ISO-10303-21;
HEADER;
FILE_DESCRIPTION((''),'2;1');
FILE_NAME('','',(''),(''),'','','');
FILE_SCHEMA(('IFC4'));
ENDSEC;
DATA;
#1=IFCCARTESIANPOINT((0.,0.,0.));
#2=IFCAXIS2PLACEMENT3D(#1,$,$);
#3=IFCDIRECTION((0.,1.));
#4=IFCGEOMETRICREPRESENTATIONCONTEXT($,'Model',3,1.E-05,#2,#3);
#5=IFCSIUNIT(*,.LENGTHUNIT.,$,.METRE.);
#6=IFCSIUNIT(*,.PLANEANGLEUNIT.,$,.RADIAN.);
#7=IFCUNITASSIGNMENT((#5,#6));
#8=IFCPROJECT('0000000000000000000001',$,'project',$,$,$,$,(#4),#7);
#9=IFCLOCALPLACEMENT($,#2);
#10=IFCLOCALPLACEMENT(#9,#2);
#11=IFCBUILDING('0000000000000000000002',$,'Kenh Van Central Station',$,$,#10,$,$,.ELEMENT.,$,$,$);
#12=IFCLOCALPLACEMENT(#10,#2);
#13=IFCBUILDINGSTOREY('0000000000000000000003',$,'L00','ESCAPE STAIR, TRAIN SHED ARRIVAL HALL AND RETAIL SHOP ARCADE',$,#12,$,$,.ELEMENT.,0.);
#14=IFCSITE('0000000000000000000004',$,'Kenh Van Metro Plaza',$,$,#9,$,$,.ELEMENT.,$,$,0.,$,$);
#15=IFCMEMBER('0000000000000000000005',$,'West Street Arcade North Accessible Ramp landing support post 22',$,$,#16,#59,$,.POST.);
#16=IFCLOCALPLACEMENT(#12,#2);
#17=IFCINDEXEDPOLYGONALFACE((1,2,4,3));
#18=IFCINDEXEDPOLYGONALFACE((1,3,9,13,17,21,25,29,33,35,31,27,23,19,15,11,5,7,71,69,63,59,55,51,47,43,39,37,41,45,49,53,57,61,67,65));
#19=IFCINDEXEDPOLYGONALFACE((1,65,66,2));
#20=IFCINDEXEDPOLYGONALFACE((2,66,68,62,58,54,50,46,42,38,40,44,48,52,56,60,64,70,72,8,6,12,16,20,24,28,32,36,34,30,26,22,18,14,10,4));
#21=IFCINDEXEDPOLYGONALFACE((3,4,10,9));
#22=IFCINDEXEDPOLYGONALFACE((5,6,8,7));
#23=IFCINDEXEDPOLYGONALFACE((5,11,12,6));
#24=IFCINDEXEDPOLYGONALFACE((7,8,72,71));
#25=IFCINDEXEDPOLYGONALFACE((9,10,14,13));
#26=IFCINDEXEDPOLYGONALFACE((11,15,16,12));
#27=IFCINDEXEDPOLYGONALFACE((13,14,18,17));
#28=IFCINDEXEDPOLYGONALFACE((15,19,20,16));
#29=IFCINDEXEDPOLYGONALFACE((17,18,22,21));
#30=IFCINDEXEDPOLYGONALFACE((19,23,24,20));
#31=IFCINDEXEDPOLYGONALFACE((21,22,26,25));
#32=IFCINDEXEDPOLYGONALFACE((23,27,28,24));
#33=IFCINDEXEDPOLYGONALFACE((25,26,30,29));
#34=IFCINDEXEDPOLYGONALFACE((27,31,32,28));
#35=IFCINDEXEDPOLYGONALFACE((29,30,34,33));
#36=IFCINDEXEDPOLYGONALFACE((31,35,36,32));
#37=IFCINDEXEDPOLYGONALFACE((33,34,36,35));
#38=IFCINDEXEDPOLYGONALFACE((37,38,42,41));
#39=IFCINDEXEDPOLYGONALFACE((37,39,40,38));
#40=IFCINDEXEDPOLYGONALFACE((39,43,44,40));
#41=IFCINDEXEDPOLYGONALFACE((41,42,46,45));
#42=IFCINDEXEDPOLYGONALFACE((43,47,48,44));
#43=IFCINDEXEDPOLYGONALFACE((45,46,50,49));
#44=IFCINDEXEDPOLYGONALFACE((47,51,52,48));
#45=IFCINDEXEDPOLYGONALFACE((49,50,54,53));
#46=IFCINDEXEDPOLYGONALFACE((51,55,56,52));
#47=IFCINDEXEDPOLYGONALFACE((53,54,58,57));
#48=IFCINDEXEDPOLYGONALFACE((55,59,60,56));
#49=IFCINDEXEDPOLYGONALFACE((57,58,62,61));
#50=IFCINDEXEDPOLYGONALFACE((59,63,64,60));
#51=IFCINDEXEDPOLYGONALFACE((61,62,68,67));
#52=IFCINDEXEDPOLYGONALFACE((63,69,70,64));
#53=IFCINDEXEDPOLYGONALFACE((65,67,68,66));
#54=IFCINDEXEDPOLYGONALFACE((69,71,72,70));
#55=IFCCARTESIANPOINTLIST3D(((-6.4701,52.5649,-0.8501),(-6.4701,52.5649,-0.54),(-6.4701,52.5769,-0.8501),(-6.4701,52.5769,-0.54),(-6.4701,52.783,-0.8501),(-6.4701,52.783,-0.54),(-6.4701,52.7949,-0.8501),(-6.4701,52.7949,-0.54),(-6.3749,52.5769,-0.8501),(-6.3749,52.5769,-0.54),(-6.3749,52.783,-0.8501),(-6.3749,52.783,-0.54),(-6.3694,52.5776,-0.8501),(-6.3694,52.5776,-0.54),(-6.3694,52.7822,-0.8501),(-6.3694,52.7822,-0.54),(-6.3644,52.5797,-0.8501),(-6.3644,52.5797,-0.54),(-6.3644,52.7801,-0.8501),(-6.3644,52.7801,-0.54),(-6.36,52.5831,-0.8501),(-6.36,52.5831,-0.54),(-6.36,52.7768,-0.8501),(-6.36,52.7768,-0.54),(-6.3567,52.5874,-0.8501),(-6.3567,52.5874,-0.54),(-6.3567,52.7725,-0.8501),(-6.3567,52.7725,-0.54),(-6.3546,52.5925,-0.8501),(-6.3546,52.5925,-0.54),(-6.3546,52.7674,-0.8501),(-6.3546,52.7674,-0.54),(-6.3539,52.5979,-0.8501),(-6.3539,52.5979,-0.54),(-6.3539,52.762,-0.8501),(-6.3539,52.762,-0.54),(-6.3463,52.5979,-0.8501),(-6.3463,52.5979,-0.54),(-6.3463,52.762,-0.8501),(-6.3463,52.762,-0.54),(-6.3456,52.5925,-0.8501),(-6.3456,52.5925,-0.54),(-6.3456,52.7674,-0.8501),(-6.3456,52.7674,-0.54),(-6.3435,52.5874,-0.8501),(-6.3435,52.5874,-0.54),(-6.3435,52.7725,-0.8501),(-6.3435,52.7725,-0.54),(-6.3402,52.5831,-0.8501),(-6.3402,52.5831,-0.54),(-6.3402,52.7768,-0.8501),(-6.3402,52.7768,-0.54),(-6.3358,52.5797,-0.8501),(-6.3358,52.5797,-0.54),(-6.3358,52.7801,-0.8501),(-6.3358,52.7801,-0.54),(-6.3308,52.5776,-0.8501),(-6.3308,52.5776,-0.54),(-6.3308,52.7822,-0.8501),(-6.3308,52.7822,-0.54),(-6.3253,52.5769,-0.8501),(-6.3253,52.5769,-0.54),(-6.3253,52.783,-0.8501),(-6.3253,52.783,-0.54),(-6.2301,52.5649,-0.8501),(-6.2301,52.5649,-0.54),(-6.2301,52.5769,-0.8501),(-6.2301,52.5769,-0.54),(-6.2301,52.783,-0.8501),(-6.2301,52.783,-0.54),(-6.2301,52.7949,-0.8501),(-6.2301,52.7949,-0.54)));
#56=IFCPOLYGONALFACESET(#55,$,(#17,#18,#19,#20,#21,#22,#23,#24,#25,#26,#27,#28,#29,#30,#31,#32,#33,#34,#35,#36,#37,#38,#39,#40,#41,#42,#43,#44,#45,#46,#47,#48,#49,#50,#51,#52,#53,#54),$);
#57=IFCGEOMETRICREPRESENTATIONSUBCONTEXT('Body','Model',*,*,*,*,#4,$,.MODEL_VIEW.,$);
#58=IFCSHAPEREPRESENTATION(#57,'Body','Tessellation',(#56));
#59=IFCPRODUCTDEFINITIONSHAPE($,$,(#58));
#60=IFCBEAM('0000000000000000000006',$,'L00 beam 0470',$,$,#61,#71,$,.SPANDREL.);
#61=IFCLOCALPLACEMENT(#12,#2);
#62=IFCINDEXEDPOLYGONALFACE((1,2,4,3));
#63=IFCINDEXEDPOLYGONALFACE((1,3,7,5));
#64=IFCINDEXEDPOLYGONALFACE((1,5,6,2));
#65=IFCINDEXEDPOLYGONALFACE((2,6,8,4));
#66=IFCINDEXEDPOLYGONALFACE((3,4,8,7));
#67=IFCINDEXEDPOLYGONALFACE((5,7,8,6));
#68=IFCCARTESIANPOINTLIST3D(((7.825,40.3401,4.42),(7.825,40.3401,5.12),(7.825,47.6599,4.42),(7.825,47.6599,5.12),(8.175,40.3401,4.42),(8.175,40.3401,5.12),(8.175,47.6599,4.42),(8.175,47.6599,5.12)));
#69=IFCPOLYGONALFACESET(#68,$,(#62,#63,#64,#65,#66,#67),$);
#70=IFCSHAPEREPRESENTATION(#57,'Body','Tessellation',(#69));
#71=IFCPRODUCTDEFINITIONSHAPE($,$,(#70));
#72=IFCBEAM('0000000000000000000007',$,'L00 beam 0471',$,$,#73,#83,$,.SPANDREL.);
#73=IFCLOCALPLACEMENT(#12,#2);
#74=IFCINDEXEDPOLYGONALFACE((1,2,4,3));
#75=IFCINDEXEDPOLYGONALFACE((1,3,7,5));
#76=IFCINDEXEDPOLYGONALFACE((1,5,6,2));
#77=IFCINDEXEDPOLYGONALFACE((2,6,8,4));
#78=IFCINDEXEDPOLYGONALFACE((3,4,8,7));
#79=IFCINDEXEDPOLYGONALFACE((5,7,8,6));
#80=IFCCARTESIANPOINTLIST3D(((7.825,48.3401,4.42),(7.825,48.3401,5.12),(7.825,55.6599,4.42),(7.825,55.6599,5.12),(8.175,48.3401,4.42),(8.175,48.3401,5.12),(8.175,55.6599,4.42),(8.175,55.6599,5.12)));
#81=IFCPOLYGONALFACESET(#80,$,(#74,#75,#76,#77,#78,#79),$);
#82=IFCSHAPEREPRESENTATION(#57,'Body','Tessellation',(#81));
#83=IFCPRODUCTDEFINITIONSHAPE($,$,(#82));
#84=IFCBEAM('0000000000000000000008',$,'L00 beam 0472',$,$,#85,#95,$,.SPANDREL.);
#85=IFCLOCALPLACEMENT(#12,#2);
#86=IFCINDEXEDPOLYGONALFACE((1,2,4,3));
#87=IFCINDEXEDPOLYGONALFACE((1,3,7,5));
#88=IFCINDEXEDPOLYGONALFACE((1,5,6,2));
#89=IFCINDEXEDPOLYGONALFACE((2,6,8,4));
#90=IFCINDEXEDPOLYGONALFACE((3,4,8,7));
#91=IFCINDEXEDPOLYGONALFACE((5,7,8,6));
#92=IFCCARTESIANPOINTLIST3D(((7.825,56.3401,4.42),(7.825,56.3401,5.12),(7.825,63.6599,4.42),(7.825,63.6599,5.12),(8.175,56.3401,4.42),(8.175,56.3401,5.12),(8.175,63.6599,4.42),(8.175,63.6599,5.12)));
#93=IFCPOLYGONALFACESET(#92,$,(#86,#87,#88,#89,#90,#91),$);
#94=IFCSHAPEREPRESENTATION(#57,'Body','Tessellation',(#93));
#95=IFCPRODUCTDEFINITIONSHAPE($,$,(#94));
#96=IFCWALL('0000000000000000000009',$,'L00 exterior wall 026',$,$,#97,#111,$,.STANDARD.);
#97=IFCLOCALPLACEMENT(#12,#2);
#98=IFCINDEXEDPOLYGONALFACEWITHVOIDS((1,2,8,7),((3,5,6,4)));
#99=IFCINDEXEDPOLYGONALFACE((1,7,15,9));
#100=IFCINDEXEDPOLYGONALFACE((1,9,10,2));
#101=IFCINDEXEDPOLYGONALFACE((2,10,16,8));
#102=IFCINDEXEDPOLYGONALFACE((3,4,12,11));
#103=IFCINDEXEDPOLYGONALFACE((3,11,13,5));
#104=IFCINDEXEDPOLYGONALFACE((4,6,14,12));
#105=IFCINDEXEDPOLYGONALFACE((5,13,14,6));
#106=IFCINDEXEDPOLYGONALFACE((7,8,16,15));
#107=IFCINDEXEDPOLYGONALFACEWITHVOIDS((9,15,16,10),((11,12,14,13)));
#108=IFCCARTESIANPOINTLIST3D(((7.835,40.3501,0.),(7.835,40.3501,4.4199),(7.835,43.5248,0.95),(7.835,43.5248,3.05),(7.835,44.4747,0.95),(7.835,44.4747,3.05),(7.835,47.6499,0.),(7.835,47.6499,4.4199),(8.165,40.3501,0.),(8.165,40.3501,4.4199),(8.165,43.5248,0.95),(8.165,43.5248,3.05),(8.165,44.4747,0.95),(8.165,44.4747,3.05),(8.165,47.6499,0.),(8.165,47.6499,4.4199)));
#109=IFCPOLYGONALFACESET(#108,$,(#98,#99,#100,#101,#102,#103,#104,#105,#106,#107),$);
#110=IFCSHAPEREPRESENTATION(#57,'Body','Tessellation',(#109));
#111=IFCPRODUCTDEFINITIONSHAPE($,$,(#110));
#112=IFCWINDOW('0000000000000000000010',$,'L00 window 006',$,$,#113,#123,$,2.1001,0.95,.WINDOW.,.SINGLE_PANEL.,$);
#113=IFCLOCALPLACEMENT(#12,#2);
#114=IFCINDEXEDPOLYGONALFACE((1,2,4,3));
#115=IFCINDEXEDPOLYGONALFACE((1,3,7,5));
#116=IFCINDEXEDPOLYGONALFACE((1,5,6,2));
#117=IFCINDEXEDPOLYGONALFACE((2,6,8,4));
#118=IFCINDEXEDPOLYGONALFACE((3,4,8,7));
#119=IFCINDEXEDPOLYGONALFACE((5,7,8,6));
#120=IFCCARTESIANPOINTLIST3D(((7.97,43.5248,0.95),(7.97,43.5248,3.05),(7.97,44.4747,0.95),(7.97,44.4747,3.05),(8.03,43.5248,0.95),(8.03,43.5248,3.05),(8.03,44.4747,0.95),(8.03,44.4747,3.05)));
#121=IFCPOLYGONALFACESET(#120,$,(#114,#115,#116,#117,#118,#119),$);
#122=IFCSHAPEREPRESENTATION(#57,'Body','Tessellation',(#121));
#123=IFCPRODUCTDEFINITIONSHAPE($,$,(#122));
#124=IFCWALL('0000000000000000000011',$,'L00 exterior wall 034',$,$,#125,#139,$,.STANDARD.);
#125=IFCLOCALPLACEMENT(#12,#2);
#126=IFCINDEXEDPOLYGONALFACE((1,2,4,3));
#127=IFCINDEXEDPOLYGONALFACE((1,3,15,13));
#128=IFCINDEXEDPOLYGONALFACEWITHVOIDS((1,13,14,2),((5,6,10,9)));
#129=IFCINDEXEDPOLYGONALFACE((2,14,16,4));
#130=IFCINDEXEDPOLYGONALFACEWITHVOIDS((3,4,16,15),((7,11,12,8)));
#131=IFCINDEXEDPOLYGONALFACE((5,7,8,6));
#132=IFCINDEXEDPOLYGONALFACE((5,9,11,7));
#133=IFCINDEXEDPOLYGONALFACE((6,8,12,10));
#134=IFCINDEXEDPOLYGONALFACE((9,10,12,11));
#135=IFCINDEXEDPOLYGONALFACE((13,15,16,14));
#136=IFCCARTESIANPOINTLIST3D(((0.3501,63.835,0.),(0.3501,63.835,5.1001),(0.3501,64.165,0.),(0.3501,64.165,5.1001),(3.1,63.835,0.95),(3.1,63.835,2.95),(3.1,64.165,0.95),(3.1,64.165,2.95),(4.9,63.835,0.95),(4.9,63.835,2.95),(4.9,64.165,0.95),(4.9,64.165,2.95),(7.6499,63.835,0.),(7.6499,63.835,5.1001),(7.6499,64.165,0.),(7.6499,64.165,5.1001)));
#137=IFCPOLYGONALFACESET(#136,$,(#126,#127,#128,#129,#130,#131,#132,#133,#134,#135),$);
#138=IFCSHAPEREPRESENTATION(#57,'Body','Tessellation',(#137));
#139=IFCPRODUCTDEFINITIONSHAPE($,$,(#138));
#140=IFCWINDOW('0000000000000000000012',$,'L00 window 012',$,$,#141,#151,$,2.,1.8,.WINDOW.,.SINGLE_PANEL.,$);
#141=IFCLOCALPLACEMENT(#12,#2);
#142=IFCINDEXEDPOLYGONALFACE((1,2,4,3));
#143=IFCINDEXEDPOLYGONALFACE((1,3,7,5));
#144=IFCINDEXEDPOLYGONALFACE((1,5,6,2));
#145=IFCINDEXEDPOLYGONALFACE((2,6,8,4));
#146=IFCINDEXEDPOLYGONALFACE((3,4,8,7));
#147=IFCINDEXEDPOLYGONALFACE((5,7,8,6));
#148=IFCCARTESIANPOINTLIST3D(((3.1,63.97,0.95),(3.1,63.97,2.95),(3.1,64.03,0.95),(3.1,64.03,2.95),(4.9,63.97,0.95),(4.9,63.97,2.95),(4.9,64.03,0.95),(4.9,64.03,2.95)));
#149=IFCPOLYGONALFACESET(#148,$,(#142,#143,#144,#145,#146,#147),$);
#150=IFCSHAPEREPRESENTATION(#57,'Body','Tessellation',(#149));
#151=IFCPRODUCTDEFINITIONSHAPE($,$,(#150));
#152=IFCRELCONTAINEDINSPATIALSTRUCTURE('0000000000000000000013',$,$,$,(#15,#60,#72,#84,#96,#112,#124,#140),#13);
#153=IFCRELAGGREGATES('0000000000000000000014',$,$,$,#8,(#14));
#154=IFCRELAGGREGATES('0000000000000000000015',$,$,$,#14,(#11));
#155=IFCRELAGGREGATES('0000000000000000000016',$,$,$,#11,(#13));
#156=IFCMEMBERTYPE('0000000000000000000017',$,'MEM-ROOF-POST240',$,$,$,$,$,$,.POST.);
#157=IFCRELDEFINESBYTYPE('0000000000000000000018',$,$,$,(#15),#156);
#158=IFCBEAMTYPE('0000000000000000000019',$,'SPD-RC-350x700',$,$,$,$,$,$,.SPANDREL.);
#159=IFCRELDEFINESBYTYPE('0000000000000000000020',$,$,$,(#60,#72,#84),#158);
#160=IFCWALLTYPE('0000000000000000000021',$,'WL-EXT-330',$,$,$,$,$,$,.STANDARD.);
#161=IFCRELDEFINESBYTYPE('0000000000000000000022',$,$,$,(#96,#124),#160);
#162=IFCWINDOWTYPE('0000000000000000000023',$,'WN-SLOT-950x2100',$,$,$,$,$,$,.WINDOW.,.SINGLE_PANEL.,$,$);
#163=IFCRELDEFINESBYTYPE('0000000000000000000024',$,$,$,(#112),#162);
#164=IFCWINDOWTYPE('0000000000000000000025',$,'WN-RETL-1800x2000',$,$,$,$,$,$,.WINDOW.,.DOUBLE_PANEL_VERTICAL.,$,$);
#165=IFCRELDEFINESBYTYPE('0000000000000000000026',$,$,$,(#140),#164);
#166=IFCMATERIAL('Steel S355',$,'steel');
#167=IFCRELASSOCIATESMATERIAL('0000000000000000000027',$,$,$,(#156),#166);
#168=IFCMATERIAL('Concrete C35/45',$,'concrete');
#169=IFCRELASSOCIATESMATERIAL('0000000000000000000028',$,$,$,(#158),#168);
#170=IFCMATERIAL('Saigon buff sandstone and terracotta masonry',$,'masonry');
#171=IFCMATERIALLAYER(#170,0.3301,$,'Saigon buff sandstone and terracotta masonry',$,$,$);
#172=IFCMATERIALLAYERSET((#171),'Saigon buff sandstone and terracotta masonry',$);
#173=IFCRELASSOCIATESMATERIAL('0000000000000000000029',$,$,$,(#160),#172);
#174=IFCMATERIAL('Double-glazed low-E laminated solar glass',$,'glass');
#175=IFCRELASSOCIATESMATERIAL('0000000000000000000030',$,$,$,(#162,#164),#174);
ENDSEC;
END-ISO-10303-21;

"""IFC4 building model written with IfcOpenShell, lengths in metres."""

from ifc_helpers import new_model, si_unit, direction, frame, frame_2d, origin, origin_2d, place, context, subcontext, project, spatial, rectangle, i_section, extrude, material, layer, layer_set, material_profile, profile_set, type_object, element, fill, save


model = new_model("IFC4")

# Units and contexts
model_context = context("Model", 3, precision=1e-05, world=origin(), true_north=direction((0.0, 1.0)))
body_context = subcontext(model_context, "Body", "Model", "MODEL_VIEW")
ifc_project = project(units=[si_unit("LENGTHUNIT", "METRE"), si_unit("PLANEANGLEUNIT", "RADIAN")], contexts=[model_context])

# Site, building, storey
site_placement = place(None, origin())
site = spatial("IfcSite", under=ifc_project, at=site_placement, Name="Kenh Van Metro Plaza", CompositionType="ELEMENT", RefElevation=0.0)
building_placement = place(site_placement, origin())
building = spatial("IfcBuilding", under=site, at=building_placement, Name="Kenh Van Central Station", CompositionType="ELEMENT")
storey_placement = place(building_placement, origin())
storey = spatial("IfcBuildingStorey", under=building, at=storey_placement, Name="L00", Description="ESCAPE STAIR, TRAIN SHED ARRIVAL HALL AND RETAIL SHOP ARCADE", CompositionType="ELEMENT", Elevation=0.0)

# Shared definitions
ifc_material_1 = material(Name="Concrete C35/45", Category="concrete")

# Member
ifc_material_2 = material(Name="Steel S355", Category="steel")
ifc_material_profile_1 = material_profile(ifc_material_2, i_section(OverallWidth=0.24, OverallDepth=0.23, WebThickness=0.0076, FlangeThickness=0.012, FilletRadius=0.021, at=origin_2d()), Name="HEA 240")
ifc_profile_set_1 = profile_set([ifc_material_profile_1], Name="Steel S355")
member_type = type_object("IfcMemberType", Name="MEM-ROOF-POST240", PredefinedType="POST", material=ifc_profile_set_1)
for number, where, z_axis, x_axis, name in (
    (1, (-6.3501, 52.6799, -0.8501), (0.0, 0.0, 1.0), (1.0, 0.0, 0.0), "West Street Arcade North Accessible Ramp landing support post 22"),
):
    element("IfcMember", number, at=place(storey_placement, frame(where, z_axis=z_axis, x_axis=x_axis)), inside=storey, type_object=member_type, Name=name, PredefinedType="POST", context=body_context, shape_type="SweptSolid", body=[
        extrude(i_section(OverallWidth=0.24, OverallDepth=0.23, WebThickness=0.0076, FlangeThickness=0.012, FilletRadius=0.021, at=origin_2d()), origin(), (0.0, 0.0, 1.0), 0.3101),
    ])

# Beams
ifc_material_profile_2 = material_profile(ifc_material_1, rectangle(XDim=0.3501, YDim=0.7, at=origin_2d()), Name="RC 350x700")
ifc_profile_set_2 = profile_set([ifc_material_profile_2], Name="Concrete C35/45")
beam_type_1 = type_object("IfcBeamType", Name="SPD-RC-350x700", PredefinedType="SPANDREL", material=ifc_profile_set_2)
for number, where, z_axis, x_axis, name in (
    (2, (8.0, 40.3401, 4.77), (0.0, 1.0, 0.0), (-1.0, 0.0, 0.0), "L00 beam 0470"),
    (3, (8.0, 48.3401, 4.77), (0.0, 1.0, 0.0), (-1.0, 0.0, 0.0), "L00 beam 0471"),
    (4, (8.0, 56.3401, 4.77), (0.0, 1.0, 0.0), (-1.0, 0.0, 0.0), "L00 beam 0472"),
):
    element("IfcBeam", number, at=place(storey_placement, frame(where, z_axis=z_axis, x_axis=x_axis)), inside=storey, type_object=beam_type_1, Name=name, PredefinedType="SPANDREL", context=body_context, shape_type="SweptSolid", body=[
        extrude(rectangle(XDim=0.3501, YDim=0.7, at=origin_2d()), origin(), (0.0, 0.0, 1.0), 7.3198),
    ])

# Walls, openings, windows
ifc_material_3 = material(Name="Saigon buff sandstone and terracotta masonry", Category="masonry")
ifc_layer_1 = layer(ifc_material_3, 0.3301, Name="Saigon buff sandstone and terracotta masonry")
ifc_layer_set_1 = layer_set([ifc_layer_1], Name="Saigon buff sandstone and terracotta masonry")
wall_type_1 = type_object("IfcWallType", Name="WL-EXT-330", PredefinedType="STANDARD", material=ifc_layer_set_1)
wall_1_placement = place(storey_placement, frame((8.0, 47.6499, 0.0), z_axis=(0.0, 0.0, 1.0), x_axis=(0.0, -1.0, 0.0)))
wall_1 = element("IfcWall", 5, at=wall_1_placement, inside=storey, type_object=wall_type_1, Name="L00 exterior wall 026", PredefinedType="STANDARD", context=body_context, shape_type="SweptSolid", body=[
    extrude(rectangle(XDim=7.2998, YDim=0.3301, at=frame_2d((3.6499, 0.0))), origin(), (0.0, 0.0, 1.0), 4.4199),
])
opening_1_placement = place(wall_1_placement, frame((3.175, 0.0, 0.95)))
opening_1 = element("IfcOpeningElement", 6, at=opening_1_placement, cuts=wall_1, PredefinedType="OPENING", context=body_context, shape_type="SweptSolid", body=[
    extrude(rectangle(XDim=0.95, YDim=2.1001, at=frame_2d((0.4751, 1.05))), frame((0.0, 0.175, 0.0), z_axis=(0.0, -1.0, 0.0), x_axis=(1.0, 0.0, 0.0)), (0.0, 0.0, 1.0), 0.3501),
])
ifc_material_4 = material(Name="Double-glazed low-E laminated solar glass", Category="glass")
window_type_1 = type_object("IfcWindowType", Name="WN-SLOT-950x2100", PartitioningType="SINGLE_PANEL", PredefinedType="WINDOW", material=ifc_material_4)
window_1_placement = place(opening_1_placement, origin())
window_1 = element("IfcWindow", 7, at=window_1_placement, inside=storey, type_object=window_type_1, Name="L00 window 006", OverallHeight=2.1001, OverallWidth=0.95, PartitioningType="SINGLE_PANEL", PredefinedType="WINDOW", context=body_context, shape_type="SweptSolid", body=[
    extrude(rectangle(XDim=0.95, YDim=2.1001, at=frame_2d((0.4751, 1.05))), frame((0.0, 0.03, 0.0), z_axis=(0.0, -1.0, 0.0), x_axis=(1.0, 0.0, 0.0)), (0.0, 0.0, 1.0), 0.0601),
])
fill(opening_1, window_1)
wall_2_placement = place(storey_placement, frame((7.6499, 64.0, 0.0), z_axis=(0.0, 0.0, 1.0), x_axis=(-1.0, 0.0, 0.0)))
wall_2 = element("IfcWall", 8, at=wall_2_placement, inside=storey, type_object=wall_type_1, Name="L00 exterior wall 034", PredefinedType="STANDARD", context=body_context, shape_type="SweptSolid", body=[
    extrude(rectangle(XDim=7.2998, YDim=0.3301, at=frame_2d((3.6499, 0.0))), origin(), (0.0, 0.0, 1.0), 5.1001),
])
opening_2_placement = place(wall_2_placement, frame((2.75, 0.0, 0.95)))
opening_2 = element("IfcOpeningElement", 9, at=opening_2_placement, cuts=wall_2, PredefinedType="OPENING", context=body_context, shape_type="SweptSolid", body=[
    extrude(rectangle(XDim=1.8, YDim=2.0, at=frame_2d((0.8999, 1.0))), frame((0.0, 0.175, 0.0), z_axis=(0.0, -1.0, 0.0), x_axis=(1.0, 0.0, 0.0)), (0.0, 0.0, 1.0), 0.3501),
])
window_type_2 = type_object("IfcWindowType", Name="WN-RETL-1800x2000", PartitioningType="DOUBLE_PANEL_VERTICAL", PredefinedType="WINDOW", material=ifc_material_4)
window_2_placement = place(opening_2_placement, origin())
window_2 = element("IfcWindow", 10, at=window_2_placement, inside=storey, type_object=window_type_2, Name="L00 window 012", OverallHeight=2.0, OverallWidth=1.8, PartitioningType="SINGLE_PANEL", PredefinedType="WINDOW", context=body_context, shape_type="SweptSolid", body=[
    extrude(rectangle(XDim=1.8, YDim=2.0, at=frame_2d((0.8999, 1.0))), frame((0.0, 0.03, 0.0), z_axis=(0.0, -1.0, 0.0), x_axis=(1.0, 0.0, 0.0)), (0.0, 0.0, 1.0), 0.0601),
])
fill(opening_2, window_2)

save(model, "model.ifc")
